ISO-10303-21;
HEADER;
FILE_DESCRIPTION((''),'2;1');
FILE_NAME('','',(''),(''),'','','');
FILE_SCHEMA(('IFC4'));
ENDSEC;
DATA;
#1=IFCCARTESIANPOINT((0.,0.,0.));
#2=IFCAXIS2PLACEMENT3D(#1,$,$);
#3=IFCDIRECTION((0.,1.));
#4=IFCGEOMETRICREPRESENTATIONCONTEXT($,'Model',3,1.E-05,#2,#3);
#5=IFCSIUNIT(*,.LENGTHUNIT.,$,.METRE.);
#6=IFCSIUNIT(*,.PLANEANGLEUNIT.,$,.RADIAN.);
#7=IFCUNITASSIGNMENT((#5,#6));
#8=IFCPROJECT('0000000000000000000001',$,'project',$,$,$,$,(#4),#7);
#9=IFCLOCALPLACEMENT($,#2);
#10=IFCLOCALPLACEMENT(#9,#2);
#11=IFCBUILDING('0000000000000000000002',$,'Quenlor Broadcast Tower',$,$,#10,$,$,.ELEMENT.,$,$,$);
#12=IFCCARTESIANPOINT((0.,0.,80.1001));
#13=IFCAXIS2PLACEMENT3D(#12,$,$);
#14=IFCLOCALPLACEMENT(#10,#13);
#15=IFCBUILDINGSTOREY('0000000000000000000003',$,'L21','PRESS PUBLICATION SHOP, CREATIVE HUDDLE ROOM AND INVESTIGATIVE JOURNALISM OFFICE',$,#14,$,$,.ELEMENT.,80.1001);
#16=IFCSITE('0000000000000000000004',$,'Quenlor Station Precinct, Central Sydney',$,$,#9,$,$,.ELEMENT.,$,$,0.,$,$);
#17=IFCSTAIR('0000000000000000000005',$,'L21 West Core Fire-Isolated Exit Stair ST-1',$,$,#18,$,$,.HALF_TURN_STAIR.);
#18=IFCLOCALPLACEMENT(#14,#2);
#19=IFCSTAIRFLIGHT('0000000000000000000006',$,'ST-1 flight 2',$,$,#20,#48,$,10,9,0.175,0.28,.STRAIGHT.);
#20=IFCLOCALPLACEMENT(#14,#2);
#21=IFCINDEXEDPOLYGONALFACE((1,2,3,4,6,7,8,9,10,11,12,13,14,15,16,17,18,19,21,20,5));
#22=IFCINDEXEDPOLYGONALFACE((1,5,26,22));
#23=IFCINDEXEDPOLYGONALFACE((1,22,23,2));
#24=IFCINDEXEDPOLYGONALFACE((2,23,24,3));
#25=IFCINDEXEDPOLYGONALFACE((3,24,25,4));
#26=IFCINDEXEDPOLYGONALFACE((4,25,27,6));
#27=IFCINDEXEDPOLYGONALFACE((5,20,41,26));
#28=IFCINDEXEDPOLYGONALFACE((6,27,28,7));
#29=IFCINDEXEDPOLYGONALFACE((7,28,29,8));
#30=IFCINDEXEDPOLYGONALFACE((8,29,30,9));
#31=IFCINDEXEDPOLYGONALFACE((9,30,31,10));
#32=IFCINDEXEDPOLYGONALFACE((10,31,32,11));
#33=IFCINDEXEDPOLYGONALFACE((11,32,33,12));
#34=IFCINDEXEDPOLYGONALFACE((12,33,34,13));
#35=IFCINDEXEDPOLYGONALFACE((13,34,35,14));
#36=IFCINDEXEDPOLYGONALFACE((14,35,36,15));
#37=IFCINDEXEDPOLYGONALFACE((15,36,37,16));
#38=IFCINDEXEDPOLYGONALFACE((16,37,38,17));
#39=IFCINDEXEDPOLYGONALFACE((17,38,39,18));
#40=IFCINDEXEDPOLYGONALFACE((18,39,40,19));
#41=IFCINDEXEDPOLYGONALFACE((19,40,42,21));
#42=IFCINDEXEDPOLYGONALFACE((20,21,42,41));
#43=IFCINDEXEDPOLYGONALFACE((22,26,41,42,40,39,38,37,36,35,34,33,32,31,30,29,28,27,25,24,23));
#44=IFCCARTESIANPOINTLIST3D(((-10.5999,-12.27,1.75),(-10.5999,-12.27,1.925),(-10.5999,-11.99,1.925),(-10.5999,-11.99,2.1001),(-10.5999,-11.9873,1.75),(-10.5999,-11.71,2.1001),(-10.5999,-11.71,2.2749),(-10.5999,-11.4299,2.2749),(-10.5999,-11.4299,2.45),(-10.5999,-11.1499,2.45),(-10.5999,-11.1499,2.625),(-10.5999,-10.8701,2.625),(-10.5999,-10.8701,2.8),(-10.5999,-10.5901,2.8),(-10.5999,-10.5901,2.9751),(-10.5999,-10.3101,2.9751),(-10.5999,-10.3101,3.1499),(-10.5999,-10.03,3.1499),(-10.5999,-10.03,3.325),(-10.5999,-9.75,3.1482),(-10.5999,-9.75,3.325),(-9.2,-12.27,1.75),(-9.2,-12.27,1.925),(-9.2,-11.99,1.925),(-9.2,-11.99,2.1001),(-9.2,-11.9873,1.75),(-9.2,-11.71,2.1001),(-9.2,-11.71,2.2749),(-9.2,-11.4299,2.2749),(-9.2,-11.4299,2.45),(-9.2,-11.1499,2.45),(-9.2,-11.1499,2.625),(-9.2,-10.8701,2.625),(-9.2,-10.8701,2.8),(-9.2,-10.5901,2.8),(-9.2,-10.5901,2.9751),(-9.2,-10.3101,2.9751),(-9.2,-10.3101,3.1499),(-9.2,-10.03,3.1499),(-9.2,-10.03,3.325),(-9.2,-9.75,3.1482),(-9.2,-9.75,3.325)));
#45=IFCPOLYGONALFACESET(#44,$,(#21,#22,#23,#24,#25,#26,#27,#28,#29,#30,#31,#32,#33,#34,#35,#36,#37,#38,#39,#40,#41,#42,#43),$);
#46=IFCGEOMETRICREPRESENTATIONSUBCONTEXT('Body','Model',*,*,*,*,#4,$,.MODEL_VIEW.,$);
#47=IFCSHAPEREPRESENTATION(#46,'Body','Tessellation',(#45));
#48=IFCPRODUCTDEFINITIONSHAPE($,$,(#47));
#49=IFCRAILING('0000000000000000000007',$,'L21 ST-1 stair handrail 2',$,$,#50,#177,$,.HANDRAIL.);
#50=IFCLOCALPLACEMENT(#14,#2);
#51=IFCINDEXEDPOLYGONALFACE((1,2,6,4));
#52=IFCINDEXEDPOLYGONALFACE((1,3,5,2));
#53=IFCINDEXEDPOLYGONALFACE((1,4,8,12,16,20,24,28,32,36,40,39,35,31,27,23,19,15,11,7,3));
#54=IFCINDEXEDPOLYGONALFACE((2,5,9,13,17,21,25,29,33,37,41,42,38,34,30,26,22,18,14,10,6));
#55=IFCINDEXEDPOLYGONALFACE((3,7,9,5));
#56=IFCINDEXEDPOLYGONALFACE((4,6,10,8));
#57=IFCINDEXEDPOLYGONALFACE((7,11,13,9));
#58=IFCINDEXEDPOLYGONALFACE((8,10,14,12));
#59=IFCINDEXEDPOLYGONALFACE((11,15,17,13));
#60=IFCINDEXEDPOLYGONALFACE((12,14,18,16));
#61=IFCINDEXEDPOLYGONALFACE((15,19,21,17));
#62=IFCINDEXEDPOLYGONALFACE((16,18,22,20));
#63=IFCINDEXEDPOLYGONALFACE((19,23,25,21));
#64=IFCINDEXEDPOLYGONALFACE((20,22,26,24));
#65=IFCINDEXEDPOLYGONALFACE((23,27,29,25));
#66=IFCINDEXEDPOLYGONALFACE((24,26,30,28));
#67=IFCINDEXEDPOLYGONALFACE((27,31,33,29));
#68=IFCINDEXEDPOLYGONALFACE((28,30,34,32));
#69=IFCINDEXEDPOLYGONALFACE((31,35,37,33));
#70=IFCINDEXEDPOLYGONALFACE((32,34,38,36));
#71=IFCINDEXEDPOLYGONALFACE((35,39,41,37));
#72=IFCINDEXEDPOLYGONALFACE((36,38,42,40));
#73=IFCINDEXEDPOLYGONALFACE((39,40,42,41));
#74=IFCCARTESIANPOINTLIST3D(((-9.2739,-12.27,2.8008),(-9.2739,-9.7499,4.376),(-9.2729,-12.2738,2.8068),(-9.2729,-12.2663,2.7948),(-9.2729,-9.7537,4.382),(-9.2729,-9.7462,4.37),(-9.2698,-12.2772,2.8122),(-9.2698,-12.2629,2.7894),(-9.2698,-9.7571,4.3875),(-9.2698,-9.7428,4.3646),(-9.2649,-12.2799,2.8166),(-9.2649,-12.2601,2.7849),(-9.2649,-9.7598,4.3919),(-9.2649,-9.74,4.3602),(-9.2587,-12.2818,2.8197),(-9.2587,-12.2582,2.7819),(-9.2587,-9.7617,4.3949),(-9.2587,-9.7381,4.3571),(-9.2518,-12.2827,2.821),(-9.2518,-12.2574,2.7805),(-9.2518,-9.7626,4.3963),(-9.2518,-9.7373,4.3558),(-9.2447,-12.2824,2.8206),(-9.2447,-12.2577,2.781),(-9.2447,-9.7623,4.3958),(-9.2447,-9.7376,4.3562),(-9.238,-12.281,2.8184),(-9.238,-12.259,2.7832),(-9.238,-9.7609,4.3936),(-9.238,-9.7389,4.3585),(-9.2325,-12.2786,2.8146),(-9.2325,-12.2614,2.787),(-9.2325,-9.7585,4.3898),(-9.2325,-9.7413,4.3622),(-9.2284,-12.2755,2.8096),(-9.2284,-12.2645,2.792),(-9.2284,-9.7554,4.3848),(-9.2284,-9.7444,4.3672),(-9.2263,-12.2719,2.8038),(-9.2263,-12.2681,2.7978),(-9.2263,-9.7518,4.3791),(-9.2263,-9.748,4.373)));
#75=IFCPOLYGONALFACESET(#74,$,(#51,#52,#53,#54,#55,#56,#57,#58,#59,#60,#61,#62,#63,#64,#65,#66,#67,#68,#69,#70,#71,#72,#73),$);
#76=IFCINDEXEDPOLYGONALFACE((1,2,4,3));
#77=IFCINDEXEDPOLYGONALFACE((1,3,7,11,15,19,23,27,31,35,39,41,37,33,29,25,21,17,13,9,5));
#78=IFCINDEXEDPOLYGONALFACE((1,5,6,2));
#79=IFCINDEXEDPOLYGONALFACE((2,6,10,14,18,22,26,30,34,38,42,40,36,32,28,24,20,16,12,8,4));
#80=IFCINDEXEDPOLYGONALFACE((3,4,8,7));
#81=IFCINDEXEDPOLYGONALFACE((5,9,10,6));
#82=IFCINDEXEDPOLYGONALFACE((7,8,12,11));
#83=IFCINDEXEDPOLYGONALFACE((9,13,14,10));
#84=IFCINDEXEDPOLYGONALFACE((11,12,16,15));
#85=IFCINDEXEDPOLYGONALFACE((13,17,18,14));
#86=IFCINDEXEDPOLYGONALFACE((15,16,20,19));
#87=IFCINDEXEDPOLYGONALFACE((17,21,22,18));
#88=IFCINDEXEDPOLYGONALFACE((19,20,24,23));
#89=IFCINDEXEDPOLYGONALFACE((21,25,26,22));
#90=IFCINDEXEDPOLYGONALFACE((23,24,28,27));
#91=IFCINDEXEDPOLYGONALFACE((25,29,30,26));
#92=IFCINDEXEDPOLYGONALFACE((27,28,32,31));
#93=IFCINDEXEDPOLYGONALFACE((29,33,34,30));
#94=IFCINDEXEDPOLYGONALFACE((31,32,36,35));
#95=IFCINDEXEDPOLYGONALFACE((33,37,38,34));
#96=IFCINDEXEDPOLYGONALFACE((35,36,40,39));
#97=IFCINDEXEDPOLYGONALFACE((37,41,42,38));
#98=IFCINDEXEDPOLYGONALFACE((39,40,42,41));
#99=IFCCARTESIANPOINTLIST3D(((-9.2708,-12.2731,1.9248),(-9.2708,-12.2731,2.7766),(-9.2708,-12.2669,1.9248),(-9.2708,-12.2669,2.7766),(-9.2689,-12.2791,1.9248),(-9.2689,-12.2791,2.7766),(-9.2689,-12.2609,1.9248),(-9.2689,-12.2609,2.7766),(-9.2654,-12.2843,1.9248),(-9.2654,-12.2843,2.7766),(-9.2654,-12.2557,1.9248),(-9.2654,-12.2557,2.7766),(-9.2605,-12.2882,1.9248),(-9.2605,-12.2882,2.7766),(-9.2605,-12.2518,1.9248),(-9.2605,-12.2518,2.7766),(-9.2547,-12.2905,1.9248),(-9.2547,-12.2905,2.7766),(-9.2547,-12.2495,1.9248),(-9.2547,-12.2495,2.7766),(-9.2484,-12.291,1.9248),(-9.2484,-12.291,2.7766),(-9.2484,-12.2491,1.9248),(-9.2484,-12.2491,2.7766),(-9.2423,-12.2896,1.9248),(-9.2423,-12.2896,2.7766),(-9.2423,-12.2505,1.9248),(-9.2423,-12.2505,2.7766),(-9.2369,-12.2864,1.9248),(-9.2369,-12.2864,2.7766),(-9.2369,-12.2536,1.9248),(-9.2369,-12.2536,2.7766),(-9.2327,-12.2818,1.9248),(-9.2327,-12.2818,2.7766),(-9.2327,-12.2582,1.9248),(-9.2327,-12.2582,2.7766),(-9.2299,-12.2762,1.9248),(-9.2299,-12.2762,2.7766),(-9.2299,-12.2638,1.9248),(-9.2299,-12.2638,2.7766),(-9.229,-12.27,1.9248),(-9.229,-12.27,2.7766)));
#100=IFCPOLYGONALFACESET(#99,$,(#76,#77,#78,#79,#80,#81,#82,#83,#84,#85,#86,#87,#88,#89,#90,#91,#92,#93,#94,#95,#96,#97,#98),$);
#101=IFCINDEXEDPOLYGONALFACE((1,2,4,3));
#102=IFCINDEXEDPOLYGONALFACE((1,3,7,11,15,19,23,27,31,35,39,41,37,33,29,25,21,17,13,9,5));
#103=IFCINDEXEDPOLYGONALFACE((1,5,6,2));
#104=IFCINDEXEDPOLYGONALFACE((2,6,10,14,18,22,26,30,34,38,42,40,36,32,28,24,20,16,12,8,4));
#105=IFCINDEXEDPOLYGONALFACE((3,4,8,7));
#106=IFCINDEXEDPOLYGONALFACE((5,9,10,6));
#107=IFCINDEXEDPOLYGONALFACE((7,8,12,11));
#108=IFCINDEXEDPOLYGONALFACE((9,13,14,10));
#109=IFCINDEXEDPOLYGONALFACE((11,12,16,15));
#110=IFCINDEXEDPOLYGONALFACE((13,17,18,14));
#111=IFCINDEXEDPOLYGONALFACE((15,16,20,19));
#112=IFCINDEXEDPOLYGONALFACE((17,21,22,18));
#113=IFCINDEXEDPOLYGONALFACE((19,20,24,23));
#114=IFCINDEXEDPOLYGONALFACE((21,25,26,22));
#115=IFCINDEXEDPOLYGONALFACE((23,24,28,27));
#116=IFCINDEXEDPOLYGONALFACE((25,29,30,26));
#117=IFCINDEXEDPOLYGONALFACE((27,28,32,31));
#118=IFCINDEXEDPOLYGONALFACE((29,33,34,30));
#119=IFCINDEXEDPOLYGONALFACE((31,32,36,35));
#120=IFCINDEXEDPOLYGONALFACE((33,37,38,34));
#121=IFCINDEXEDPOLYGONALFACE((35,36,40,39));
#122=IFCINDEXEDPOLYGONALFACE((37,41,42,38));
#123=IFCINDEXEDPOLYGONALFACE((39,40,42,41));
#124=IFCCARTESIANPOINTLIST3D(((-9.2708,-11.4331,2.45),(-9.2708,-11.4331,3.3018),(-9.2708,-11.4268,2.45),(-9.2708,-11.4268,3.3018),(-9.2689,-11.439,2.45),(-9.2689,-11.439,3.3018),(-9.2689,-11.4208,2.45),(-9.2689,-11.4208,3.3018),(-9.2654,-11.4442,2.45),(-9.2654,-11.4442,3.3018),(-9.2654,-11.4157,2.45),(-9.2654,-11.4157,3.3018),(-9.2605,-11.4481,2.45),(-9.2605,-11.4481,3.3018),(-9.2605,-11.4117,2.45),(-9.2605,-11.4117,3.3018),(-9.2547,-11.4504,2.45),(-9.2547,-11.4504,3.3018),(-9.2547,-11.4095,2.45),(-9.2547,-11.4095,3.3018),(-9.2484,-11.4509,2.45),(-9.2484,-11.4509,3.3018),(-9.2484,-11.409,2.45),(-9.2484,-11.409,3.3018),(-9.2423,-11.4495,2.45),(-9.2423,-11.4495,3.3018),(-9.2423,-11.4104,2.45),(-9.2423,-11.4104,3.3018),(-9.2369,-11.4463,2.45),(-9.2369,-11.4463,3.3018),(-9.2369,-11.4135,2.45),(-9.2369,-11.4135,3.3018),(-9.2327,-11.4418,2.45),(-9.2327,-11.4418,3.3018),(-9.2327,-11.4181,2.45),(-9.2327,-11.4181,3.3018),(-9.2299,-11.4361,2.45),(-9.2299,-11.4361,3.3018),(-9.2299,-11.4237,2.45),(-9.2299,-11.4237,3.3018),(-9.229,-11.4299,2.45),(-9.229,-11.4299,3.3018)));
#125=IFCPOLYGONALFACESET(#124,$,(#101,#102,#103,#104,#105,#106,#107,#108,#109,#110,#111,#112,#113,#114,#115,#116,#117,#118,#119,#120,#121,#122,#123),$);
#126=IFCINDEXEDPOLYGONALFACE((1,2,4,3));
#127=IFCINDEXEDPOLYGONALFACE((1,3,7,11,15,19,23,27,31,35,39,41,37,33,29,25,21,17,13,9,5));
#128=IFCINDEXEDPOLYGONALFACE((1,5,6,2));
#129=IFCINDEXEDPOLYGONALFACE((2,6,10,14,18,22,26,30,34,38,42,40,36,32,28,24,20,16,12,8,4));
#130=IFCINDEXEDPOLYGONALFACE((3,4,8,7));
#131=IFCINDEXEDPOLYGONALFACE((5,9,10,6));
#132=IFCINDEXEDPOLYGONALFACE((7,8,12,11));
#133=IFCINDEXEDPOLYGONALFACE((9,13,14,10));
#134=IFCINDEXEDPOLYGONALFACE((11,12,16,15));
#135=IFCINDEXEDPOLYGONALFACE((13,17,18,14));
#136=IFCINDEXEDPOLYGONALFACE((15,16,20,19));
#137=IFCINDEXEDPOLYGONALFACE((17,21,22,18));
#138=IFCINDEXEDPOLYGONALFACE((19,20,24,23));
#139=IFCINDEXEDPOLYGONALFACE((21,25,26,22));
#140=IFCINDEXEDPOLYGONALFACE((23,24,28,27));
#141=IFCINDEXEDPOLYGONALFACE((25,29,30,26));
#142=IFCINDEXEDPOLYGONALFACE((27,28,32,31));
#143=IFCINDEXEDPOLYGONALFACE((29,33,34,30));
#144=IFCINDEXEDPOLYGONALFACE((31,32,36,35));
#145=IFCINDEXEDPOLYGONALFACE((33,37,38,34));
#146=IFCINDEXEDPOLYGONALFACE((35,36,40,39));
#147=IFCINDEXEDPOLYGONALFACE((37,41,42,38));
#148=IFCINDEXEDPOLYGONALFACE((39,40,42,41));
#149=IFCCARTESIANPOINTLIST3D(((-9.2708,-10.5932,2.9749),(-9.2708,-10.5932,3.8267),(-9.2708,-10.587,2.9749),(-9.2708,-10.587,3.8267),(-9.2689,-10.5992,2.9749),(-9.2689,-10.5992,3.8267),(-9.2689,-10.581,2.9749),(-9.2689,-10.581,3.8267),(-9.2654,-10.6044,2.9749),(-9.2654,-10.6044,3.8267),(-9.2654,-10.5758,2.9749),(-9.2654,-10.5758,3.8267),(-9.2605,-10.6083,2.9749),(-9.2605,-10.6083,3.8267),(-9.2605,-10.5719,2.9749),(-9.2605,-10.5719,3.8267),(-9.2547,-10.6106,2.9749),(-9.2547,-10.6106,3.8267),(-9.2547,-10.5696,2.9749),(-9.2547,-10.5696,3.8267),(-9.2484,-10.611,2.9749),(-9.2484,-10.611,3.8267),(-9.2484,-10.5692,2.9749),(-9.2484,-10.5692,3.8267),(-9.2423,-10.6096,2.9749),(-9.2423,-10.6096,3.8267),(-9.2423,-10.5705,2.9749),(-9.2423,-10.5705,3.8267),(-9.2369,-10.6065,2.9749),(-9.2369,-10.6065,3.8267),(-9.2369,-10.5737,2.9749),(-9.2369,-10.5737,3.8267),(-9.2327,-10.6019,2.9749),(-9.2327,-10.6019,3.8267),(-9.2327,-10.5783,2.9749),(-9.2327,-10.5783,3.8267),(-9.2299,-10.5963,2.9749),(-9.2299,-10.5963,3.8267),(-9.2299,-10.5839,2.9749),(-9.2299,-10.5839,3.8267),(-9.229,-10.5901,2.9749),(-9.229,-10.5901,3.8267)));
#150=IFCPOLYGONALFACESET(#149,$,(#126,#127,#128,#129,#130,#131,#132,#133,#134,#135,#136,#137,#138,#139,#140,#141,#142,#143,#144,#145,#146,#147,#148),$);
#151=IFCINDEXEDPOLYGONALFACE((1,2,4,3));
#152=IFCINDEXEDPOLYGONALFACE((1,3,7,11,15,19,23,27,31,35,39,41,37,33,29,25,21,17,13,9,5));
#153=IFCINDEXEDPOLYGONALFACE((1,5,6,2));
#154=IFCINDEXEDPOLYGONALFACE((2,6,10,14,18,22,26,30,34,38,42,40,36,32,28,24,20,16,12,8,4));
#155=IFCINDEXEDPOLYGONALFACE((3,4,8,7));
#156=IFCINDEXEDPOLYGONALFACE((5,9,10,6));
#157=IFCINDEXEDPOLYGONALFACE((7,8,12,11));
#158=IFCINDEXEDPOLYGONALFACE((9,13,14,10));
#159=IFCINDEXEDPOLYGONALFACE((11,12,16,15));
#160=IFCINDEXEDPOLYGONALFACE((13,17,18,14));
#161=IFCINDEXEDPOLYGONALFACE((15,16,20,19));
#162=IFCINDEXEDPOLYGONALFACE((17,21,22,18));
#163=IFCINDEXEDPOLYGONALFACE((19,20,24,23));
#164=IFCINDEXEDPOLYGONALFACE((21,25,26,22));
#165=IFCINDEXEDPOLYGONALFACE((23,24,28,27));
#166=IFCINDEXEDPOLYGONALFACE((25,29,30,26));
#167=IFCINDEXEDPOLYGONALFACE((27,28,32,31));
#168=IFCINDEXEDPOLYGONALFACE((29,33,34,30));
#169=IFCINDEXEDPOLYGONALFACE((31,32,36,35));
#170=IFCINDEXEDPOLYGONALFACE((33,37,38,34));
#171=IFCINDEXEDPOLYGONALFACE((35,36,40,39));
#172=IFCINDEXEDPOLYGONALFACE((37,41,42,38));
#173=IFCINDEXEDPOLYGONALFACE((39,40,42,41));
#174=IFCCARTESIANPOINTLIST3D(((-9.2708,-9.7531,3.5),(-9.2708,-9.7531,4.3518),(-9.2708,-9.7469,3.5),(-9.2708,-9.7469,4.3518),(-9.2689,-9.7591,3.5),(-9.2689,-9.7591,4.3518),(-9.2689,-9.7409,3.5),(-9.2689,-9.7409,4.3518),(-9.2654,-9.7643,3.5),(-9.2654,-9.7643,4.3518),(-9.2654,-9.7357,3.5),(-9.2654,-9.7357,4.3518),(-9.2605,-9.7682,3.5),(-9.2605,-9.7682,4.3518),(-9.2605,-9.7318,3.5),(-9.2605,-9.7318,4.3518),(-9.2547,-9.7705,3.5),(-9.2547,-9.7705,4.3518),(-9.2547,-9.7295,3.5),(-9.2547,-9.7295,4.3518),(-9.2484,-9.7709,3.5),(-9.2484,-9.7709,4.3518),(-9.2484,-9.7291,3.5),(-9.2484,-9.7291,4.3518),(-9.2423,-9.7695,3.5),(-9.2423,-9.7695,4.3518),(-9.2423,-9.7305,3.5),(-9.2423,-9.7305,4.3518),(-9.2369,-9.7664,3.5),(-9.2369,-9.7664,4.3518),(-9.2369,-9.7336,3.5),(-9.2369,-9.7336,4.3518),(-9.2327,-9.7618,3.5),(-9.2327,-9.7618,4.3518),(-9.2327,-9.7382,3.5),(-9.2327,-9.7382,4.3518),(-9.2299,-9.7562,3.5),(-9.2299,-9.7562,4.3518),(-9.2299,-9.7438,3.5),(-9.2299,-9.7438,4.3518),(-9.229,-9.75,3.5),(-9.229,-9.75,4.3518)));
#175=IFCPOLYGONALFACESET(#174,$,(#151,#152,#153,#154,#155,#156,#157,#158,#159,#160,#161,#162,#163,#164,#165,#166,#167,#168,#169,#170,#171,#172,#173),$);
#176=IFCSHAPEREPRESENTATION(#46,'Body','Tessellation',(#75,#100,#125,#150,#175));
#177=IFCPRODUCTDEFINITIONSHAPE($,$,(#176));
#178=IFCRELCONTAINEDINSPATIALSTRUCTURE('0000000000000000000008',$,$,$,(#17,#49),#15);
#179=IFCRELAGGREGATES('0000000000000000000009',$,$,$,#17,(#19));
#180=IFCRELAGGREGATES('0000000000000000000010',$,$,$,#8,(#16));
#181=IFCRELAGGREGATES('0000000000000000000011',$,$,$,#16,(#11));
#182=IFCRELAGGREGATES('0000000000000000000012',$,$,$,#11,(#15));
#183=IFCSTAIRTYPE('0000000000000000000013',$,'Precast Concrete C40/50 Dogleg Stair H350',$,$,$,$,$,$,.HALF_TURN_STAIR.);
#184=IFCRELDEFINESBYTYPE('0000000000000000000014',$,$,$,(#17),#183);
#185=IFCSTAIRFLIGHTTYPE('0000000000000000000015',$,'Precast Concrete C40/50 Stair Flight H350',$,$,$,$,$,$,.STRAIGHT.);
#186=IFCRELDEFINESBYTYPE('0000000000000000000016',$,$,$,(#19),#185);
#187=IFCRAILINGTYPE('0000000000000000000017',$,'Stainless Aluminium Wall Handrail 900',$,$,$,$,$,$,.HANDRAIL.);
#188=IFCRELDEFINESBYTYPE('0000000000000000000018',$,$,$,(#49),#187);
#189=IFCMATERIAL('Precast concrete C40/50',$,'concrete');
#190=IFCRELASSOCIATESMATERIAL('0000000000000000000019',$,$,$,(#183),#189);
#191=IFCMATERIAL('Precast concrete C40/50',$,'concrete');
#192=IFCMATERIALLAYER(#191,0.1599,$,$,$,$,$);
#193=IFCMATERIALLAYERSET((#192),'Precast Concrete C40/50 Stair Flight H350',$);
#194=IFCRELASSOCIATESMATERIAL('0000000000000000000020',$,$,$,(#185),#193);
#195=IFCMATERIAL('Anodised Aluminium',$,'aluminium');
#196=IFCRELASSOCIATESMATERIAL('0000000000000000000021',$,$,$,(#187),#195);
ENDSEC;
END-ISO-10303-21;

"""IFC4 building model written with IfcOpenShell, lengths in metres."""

from ifc_helpers import new_model, si_unit, direction, frame, origin, origin_2d, place, context, subcontext, project, spatial, polyline, circle, outline, extrude, material, layer, layer_set, type_object, element, aggregate, save


model = new_model("IFC4")

# Units and contexts
model_context = context("Model", 3, precision=1e-05, world=origin(), true_north=direction((0.0, 1.0)))
body_context = subcontext(model_context, "Body", "Model", "MODEL_VIEW")
ifc_project = project(units=[si_unit("LENGTHUNIT", "METRE"), si_unit("PLANEANGLEUNIT", "RADIAN")], contexts=[model_context])

# Site, building, storey
site_placement = place(None, origin())
site = spatial("IfcSite", under=ifc_project, at=site_placement, Name="Quenlor Station Precinct, Central Sydney", CompositionType="ELEMENT", RefElevation=0.0)
building_placement = place(site_placement, origin())
building = spatial("IfcBuilding", under=site, at=building_placement, Name="Quenlor Broadcast Tower", CompositionType="ELEMENT")
storey_placement = place(building_placement, frame((0.0, 0.0, 80.1001)))
storey = spatial("IfcBuildingStorey", under=building, at=storey_placement, Name="L21", Description="PRESS PUBLICATION SHOP, CREATIVE HUDDLE ROOM AND INVESTIGATIVE JOURNALISM OFFICE", CompositionType="ELEMENT", Elevation=80.1001)

# Stair, stair flight
ifc_material_1 = material(Name="Precast concrete C40/50", Category="concrete")
stair_type = type_object("IfcStairType", Name="Precast Concrete C40/50 Dogleg Stair H350", PredefinedType="HALF_TURN_STAIR", material=ifc_material_1)
stair_placement = place(storey_placement, origin())
stair = element("IfcStair", 1, at=stair_placement, inside=storey, type_object=stair_type, Name="L21 West Core Fire-Isolated Exit Stair ST-1", PredefinedType="HALF_TURN_STAIR")
ifc_material_2 = material(Name="Precast concrete C40/50", Category="concrete")
ifc_layer_1 = layer(ifc_material_2, 0.1599)
ifc_layer_set_1 = layer_set([ifc_layer_1], Name="Precast Concrete C40/50 Stair Flight H350")
stair_flight_type = type_object("IfcStairFlightType", Name="Precast Concrete C40/50 Stair Flight H350", PredefinedType="STRAIGHT", material=ifc_layer_set_1)
stair_flight_placement = place(storey_placement, frame((-9.8999, -12.27, 1.75), z_axis=(0.0, 0.0, 1.0), x_axis=(0.0, 1.0, 0.0)))
stair_flight = element("IfcStairFlight", 2, at=stair_flight_placement, type_object=stair_flight_type, Name="ST-1 flight 2", NumberOfRisers=10, NumberOfTreads=9, PredefinedType="STRAIGHT", RiserHeight=0.175, TreadLength=0.28, context=body_context, shape_type="SweptSolid", body=[
    extrude(outline(polyline([(0.0, 0.0), (0.0, 0.175), (0.28, 0.175), (0.28, 0.3501), (0.5601, 0.3501), (0.5601, 0.5249), (0.8401, 0.5249), (0.8401, 0.7), (1.1201, 0.7), (1.1201, 0.875), (1.3999, 0.875), (1.3999, 1.05), (1.6799, 1.05), (1.6799, 1.2251), (1.96, 1.2251), (1.96, 1.3999), (2.24, 1.3999), (2.24, 1.575), (2.52, 1.575), (2.52, 1.75), (2.52, 1.3982), (0.2827, 0.0), (0.0, 0.0)])), frame((0.0, 0.7, 0.0), z_axis=(0.0, -1.0, 0.0), x_axis=(1.0, 0.0, 0.0)), (0.0, 0.0, 1.0), 1.3999),
])
aggregate(stair, [stair_flight])

# Railing
ifc_material_3 = material(Name="Anodised Aluminium", Category="aluminium")
railing_type_1 = type_object("IfcRailingType", Name="Stainless Aluminium Wall Handrail 900", PredefinedType="HANDRAIL", material=ifc_material_3)
railing_1_placement = place(storey_placement, frame((-9.25, -12.27, 1.9248)))
element("IfcRailing", 3, at=railing_1_placement, inside=storey, type_object=railing_type_1, Name="L21 ST-1 stair handrail 2", PredefinedType="HANDRAIL", context=body_context, shape_type="SweptSolid", body=[
    extrude(circle(Radius=0.0239, at=origin_2d()), frame((0.0, 0.0, 0.876), z_axis=(0.0, 0.847971, 0.530043), x_axis=(-1.0, 0.0, 0.0)), (0.0, 0.0, 1.0), 2.9719),
    extrude(circle(Radius=0.021, at=origin_2d()), origin(), (0.0, 0.0, 1.0), 0.8518),
    extrude(circle(Radius=0.021, at=origin_2d()), frame((0.0, 0.8401, 0.5251)), (0.0, 0.0, 1.0), 0.8518),
    extrude(circle(Radius=0.021, at=origin_2d()), frame((0.0, 1.6799, 1.05)), (0.0, 0.0, 1.0), 0.8518),
    extrude(circle(Radius=0.021, at=origin_2d()), frame((0.0, 2.52, 1.5752)), (0.0, 0.0, 1.0), 0.8518),
])

save(model, "model.ifc")
